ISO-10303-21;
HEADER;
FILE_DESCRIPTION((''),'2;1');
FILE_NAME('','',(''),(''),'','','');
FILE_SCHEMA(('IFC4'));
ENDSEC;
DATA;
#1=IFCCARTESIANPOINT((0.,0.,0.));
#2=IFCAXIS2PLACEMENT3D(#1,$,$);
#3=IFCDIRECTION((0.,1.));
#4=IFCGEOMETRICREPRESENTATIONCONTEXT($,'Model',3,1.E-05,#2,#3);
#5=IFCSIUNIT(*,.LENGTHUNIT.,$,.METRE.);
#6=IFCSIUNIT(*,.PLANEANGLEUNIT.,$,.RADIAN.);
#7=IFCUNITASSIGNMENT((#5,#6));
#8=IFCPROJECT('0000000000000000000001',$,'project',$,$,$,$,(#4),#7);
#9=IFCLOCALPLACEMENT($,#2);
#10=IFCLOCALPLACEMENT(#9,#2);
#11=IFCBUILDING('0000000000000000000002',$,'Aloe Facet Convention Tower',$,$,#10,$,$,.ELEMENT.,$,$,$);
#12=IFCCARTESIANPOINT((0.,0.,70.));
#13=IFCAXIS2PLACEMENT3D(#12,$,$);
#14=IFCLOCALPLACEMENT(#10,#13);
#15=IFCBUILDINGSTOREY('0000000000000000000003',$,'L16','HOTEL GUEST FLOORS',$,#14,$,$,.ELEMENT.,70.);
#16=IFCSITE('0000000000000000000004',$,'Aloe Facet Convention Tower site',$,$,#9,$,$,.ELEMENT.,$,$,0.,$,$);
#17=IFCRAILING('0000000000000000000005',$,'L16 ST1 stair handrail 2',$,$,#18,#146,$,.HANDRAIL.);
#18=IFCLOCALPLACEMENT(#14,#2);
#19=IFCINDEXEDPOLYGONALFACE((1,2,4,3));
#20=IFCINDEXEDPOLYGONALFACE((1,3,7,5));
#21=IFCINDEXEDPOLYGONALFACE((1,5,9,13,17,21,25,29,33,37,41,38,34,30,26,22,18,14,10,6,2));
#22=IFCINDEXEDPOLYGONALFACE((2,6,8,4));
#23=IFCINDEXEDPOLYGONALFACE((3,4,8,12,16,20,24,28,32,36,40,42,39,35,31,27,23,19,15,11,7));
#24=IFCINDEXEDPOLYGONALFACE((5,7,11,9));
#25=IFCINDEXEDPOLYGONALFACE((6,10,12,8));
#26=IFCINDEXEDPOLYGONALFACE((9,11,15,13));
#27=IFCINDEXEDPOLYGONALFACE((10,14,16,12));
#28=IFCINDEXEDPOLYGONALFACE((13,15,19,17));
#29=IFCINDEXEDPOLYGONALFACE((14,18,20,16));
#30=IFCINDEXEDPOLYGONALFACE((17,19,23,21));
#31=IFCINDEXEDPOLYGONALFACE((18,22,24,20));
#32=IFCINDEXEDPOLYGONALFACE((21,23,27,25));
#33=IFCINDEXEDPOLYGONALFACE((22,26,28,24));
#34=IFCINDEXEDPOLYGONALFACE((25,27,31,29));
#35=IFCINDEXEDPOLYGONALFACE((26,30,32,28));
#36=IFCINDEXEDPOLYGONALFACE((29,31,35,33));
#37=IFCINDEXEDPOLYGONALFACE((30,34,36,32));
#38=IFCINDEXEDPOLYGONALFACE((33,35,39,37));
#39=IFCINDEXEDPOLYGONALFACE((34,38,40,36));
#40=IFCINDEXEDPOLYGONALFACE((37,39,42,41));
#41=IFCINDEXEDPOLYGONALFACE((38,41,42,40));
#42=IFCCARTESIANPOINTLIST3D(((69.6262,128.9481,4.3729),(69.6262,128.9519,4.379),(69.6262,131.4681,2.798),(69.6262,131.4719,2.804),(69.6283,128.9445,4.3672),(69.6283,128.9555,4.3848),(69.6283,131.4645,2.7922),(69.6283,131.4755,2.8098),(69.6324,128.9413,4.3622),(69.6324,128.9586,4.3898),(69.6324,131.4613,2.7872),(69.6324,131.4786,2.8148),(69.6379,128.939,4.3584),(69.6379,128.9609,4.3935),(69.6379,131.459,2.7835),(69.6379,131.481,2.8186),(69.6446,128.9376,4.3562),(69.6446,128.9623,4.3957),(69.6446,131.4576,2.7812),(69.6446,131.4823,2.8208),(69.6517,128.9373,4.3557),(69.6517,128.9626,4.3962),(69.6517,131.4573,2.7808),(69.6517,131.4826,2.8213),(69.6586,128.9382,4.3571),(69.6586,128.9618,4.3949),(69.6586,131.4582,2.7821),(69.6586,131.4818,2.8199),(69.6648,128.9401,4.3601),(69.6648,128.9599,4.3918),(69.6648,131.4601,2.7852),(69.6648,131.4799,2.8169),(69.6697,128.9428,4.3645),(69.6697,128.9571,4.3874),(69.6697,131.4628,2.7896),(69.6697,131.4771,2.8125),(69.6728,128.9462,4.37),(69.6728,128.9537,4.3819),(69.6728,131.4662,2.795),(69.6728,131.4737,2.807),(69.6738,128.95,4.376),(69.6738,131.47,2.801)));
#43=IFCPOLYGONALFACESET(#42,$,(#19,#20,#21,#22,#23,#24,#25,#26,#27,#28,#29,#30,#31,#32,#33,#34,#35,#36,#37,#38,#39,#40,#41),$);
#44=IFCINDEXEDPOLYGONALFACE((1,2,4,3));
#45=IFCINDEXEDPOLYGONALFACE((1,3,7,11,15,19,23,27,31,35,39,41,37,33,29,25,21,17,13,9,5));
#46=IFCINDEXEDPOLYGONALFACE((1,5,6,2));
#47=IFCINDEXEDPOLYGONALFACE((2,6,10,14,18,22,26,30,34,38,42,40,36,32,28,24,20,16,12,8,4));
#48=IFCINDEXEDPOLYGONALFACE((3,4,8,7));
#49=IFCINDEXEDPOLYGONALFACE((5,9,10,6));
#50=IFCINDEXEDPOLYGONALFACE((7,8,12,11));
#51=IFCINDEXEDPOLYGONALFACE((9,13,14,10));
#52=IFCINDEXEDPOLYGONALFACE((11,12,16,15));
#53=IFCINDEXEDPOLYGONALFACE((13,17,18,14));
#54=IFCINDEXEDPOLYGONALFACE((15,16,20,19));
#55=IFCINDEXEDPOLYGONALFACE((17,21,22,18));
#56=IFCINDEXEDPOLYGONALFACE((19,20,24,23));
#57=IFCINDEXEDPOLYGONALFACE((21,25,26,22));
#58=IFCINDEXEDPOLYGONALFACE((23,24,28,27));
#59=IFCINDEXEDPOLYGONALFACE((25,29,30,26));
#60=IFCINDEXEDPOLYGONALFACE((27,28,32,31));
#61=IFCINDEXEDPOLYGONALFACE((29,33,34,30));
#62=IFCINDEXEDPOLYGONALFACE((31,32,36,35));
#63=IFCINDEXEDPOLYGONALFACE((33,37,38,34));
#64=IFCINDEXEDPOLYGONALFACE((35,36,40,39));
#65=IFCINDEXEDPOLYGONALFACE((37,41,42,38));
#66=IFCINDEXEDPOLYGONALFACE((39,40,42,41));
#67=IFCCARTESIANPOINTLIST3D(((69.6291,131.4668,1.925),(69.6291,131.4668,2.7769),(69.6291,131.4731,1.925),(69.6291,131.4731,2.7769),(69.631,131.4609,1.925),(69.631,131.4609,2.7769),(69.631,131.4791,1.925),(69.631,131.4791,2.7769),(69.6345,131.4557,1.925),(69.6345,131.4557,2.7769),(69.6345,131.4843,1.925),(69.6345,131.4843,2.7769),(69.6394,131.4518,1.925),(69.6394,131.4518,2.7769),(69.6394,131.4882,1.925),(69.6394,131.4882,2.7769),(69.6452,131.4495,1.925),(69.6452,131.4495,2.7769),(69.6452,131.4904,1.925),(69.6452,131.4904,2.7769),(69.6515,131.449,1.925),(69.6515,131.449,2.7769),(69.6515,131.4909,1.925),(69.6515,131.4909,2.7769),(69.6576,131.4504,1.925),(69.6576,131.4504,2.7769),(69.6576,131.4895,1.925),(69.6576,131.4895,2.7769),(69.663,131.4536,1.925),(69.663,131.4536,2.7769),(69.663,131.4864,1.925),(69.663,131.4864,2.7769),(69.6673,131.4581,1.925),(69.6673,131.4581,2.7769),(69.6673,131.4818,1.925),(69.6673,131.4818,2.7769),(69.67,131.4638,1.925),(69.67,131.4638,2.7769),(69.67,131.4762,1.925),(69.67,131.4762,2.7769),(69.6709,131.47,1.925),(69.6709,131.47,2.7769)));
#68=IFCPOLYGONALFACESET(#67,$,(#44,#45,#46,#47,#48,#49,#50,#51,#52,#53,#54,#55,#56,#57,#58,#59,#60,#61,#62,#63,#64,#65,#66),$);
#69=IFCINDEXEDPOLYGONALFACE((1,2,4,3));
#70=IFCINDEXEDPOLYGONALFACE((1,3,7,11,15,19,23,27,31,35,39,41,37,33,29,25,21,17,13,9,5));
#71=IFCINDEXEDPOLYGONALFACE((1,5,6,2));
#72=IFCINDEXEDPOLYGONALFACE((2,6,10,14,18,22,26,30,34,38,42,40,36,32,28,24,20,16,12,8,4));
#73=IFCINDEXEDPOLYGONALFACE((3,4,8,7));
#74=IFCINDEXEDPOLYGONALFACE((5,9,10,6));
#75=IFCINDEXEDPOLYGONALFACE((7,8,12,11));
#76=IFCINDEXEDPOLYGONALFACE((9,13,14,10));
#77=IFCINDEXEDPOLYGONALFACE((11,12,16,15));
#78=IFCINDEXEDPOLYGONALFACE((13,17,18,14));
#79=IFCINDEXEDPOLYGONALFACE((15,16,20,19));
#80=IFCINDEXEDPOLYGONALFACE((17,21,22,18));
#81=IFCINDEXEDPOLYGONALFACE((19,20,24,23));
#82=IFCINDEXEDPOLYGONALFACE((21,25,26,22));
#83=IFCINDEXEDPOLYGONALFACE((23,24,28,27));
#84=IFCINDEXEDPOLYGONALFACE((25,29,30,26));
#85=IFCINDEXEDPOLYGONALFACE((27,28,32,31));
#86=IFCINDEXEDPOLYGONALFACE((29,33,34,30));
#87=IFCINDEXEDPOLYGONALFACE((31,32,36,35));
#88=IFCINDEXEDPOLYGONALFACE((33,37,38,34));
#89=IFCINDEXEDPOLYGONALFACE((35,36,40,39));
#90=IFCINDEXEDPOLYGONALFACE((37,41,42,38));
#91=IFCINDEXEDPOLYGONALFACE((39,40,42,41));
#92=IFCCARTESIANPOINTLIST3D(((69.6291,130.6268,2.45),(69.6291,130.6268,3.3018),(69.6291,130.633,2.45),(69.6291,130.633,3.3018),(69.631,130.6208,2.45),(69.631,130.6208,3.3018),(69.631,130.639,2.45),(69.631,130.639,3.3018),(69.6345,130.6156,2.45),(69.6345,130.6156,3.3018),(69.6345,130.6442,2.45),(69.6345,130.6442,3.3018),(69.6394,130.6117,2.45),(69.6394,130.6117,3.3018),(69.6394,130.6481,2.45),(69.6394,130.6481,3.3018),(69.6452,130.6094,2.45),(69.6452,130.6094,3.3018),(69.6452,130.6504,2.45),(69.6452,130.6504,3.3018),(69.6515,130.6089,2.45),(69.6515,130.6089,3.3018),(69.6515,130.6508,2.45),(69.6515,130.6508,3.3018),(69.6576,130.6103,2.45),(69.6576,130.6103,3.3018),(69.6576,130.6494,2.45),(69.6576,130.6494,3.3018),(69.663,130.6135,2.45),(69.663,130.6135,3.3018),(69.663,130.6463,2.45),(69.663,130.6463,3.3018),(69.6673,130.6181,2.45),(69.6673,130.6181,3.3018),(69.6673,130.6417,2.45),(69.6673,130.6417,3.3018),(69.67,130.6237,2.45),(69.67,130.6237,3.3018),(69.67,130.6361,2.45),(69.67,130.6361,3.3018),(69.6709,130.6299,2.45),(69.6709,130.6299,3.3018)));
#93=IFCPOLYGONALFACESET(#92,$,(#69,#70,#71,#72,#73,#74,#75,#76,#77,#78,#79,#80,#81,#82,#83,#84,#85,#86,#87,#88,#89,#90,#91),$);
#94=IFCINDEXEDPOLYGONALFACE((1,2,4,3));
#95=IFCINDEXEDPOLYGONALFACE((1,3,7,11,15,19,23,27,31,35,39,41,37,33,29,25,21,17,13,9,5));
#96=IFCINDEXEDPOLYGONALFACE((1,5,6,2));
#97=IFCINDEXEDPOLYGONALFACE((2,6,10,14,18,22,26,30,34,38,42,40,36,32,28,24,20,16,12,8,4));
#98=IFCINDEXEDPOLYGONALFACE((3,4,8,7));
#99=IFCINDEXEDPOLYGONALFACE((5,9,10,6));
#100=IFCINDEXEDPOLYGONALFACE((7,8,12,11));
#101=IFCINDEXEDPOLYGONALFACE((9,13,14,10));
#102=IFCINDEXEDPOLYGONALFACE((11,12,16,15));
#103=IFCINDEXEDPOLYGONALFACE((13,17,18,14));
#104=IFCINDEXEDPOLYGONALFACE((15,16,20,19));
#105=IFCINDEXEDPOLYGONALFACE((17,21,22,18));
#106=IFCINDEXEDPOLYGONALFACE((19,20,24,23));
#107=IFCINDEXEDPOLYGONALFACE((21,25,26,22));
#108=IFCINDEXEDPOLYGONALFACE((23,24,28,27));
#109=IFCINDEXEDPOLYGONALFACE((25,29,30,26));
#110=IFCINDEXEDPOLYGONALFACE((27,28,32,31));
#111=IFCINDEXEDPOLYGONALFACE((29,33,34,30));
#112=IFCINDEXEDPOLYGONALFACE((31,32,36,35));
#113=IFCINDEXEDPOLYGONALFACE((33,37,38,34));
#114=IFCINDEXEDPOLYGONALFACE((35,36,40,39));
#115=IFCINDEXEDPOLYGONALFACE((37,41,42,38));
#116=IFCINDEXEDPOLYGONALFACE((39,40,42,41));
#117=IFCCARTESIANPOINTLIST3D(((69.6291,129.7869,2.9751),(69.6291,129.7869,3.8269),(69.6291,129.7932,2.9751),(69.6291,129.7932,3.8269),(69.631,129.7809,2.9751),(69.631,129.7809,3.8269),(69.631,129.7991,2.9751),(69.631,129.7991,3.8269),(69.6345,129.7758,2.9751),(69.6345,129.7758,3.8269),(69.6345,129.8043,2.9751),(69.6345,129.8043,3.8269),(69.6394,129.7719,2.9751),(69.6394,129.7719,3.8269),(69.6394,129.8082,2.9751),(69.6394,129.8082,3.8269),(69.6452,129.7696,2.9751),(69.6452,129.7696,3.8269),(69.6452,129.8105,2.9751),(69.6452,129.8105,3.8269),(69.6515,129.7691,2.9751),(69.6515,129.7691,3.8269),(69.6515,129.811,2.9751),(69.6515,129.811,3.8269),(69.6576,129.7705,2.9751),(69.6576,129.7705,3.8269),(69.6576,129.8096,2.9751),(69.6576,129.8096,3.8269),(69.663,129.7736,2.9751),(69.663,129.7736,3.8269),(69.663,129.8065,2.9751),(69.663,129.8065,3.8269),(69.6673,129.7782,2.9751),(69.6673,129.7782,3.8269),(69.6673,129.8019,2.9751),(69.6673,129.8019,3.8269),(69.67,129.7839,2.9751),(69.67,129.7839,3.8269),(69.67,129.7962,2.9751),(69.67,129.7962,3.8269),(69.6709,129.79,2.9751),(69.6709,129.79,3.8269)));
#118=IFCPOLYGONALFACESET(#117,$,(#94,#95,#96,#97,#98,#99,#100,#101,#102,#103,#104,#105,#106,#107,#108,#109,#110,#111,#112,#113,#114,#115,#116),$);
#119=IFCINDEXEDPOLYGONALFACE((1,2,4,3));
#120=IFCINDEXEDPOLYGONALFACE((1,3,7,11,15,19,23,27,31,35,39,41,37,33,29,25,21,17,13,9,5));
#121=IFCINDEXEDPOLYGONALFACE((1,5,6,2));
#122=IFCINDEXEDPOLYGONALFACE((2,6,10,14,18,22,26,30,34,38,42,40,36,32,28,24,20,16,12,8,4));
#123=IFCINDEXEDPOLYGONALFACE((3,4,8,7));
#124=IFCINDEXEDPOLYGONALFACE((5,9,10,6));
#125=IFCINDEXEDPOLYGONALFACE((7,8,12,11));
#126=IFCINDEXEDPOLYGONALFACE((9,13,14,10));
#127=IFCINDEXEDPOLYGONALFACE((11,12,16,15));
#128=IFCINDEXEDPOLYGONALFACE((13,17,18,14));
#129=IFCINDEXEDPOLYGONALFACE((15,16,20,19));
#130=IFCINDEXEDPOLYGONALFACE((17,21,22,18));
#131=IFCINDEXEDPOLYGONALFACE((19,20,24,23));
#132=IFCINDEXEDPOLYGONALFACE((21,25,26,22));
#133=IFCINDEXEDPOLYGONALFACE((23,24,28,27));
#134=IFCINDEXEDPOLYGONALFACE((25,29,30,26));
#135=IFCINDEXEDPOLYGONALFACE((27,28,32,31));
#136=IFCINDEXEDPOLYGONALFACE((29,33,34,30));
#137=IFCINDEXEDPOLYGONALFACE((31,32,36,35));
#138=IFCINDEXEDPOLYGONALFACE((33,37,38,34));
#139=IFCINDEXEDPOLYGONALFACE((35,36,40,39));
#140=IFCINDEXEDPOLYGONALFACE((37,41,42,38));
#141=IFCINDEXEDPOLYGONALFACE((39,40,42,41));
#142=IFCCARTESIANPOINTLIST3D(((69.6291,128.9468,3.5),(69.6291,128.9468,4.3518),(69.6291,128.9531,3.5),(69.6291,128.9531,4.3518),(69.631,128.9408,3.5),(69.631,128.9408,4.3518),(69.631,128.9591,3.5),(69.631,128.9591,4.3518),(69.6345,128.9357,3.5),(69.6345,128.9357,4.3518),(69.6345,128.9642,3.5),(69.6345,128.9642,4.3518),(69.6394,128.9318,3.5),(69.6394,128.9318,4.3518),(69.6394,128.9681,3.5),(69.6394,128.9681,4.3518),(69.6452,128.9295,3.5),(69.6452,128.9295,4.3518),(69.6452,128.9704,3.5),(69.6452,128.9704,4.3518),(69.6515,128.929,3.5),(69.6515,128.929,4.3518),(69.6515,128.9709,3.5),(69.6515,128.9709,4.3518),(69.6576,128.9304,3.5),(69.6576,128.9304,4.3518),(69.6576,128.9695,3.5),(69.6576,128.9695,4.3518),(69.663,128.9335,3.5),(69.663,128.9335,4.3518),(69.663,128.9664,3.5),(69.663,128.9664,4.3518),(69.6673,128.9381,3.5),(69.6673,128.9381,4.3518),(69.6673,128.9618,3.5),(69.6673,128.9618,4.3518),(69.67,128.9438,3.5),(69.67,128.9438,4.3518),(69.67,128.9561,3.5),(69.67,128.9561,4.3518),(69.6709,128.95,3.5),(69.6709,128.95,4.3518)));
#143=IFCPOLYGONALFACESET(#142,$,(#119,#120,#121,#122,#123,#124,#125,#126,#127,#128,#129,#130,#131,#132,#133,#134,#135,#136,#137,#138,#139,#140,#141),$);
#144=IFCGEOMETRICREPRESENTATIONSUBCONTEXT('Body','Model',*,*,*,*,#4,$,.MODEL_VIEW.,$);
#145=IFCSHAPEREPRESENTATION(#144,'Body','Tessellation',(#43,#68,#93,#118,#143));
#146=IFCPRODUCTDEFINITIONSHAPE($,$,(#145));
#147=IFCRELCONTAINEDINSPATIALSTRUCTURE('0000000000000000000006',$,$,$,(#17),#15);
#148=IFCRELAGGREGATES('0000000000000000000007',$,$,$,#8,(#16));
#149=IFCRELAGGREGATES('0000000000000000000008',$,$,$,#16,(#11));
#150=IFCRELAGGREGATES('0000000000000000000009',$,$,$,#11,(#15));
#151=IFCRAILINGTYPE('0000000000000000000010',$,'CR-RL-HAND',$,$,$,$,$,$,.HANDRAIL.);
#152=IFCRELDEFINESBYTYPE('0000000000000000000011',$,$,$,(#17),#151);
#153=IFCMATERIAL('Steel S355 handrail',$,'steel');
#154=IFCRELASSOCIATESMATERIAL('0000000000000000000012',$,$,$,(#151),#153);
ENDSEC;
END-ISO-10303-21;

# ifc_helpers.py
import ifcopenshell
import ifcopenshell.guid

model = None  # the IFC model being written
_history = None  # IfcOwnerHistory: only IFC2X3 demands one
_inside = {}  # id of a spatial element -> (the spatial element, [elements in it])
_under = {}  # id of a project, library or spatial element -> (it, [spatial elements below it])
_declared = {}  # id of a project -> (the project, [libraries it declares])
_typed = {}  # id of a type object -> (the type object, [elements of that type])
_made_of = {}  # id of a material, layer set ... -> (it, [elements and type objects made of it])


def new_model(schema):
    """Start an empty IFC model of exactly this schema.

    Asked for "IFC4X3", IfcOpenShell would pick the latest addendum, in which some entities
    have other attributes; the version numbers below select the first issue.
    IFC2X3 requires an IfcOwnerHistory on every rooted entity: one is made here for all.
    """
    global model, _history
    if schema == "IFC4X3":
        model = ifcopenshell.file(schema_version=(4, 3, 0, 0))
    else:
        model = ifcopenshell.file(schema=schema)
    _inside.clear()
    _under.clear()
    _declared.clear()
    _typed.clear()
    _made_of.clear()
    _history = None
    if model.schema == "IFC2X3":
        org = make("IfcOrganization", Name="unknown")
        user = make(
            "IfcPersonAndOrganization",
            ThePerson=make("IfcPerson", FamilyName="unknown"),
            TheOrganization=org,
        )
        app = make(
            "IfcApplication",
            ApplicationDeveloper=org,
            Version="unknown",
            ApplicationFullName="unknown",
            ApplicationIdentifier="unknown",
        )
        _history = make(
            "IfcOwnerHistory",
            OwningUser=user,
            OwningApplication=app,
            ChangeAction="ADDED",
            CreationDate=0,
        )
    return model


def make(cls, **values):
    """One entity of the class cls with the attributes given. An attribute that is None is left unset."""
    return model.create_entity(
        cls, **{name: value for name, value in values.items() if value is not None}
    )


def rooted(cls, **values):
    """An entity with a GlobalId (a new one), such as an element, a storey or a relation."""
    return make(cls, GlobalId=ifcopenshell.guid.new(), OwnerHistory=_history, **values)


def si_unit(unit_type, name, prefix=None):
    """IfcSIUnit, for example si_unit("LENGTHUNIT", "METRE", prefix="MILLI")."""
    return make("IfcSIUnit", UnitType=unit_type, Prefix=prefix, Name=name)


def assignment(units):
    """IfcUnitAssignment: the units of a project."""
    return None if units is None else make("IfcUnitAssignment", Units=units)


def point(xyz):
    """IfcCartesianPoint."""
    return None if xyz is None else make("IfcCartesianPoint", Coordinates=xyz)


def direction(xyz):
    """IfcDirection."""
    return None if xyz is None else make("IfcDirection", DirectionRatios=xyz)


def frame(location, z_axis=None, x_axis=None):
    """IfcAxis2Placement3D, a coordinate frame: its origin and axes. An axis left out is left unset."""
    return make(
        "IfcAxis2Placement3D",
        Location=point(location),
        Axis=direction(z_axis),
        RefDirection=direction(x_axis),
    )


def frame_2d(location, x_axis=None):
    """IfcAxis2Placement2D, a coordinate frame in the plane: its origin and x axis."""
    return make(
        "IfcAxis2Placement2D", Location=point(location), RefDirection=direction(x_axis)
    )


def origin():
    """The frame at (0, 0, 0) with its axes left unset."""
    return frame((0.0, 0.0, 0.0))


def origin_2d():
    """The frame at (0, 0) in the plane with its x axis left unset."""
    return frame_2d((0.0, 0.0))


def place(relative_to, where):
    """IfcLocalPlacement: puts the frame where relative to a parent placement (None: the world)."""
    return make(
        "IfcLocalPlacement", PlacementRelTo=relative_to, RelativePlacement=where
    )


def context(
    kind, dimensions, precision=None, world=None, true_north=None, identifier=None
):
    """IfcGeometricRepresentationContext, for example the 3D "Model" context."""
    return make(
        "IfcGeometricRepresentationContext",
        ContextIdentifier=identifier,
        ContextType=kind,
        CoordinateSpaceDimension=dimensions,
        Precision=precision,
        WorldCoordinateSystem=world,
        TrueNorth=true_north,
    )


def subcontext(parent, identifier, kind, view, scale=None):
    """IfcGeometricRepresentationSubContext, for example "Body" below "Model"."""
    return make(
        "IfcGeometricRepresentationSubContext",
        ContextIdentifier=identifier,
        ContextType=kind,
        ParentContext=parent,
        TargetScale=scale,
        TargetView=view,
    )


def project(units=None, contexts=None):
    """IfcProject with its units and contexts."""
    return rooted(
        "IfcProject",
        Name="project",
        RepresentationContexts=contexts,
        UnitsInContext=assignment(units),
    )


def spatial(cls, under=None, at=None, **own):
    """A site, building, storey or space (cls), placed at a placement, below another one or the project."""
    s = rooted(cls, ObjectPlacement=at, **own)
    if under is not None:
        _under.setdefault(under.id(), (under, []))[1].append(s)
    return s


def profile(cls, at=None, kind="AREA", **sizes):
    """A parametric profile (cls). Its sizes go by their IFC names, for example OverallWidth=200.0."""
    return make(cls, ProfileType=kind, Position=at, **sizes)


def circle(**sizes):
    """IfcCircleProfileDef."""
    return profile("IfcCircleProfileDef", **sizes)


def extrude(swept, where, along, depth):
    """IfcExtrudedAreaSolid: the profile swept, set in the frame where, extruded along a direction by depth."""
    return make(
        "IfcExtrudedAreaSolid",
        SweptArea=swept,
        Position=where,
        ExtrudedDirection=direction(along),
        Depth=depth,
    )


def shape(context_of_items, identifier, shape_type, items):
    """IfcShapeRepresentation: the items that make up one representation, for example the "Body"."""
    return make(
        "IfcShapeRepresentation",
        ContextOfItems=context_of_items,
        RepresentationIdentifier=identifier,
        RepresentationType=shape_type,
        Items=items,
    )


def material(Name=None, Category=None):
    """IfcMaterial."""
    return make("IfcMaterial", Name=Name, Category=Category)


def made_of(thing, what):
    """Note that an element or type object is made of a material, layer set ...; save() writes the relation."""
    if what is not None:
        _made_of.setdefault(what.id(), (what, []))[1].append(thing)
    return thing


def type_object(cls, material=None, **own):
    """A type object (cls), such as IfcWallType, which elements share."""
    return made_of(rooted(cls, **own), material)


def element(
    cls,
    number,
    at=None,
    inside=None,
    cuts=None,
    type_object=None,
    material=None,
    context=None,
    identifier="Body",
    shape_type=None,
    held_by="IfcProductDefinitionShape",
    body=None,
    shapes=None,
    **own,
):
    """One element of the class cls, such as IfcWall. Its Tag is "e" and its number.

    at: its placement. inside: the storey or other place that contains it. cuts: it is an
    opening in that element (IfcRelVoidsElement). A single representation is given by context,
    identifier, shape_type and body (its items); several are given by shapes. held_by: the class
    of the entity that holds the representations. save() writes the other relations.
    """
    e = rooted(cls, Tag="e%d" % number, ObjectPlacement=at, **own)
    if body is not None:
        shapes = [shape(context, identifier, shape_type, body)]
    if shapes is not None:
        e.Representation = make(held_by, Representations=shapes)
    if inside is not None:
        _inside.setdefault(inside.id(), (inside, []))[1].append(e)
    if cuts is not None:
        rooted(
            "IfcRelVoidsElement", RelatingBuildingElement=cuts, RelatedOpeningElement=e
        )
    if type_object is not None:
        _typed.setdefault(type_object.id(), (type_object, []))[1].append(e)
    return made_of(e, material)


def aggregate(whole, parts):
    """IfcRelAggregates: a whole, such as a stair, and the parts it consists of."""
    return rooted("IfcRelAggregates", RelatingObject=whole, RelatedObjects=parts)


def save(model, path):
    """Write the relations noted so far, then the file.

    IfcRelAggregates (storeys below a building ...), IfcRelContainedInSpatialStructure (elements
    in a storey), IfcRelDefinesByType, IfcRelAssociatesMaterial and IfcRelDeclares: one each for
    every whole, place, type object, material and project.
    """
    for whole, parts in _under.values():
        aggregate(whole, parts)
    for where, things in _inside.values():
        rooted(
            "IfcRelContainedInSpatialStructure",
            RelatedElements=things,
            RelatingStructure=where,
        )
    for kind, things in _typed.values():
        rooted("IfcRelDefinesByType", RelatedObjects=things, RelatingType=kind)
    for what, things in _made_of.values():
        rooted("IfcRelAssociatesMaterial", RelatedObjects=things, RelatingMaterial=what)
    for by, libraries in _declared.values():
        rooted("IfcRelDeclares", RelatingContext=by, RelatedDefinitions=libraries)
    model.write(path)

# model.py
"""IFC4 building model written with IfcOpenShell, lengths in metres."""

from ifc_helpers import new_model, si_unit, direction, frame, origin, origin_2d, place, context, subcontext, project, spatial, circle, extrude, material, type_object, element, save


model = new_model("IFC4")

# Units and contexts
model_context = context("Model", 3, precision=1e-05, world=origin(), true_north=direction((0.0, 1.0)))
body_context = subcontext(model_context, "Body", "Model", "MODEL_VIEW")
ifc_project = project(units=[si_unit("LENGTHUNIT", "METRE"), si_unit("PLANEANGLEUNIT", "RADIAN")], contexts=[model_context])

# Site, building, storey
site_placement = place(None, origin())
site = spatial("IfcSite", under=ifc_project, at=site_placement, Name="Aloe Facet Convention Tower site", CompositionType="ELEMENT", RefElevation=0.0)
building_placement = place(site_placement, origin())
building = spatial("IfcBuilding", under=site, at=building_placement, Name="Aloe Facet Convention Tower", CompositionType="ELEMENT")
storey_placement = place(building_placement, frame((0.0, 0.0, 70.0)))
storey = spatial("IfcBuildingStorey", under=building, at=storey_placement, Name="L16", Description="HOTEL GUEST FLOORS", CompositionType="ELEMENT", Elevation=70.0)

# Railing
ifc_material_1 = material(Name="Steel S355 handrail", Category="steel")
railing_type_1 = type_object("IfcRailingType", Name="CR-RL-HAND", PredefinedType="HANDRAIL", material=ifc_material_1)
railing_1_placement = place(storey_placement, frame((69.6499, 131.47, 1.925)))
element("IfcRailing", 1, at=railing_1_placement, inside=storey, type_object=railing_type_1, Name="L16 ST1 stair handrail 2", PredefinedType="HANDRAIL", context=body_context, shape_type="SweptSolid", body=[
    extrude(circle(Radius=0.0239, at=origin_2d()), frame((0.0, 0.0, 0.876), z_axis=(0.0, -0.848008, 0.529984), x_axis=(1.0, 0.0, 0.0)), (0.0, 0.0, 1.0), 2.9717),
    extrude(circle(Radius=0.021, at=origin_2d()), origin(), (0.0, 0.0, 1.0), 0.8518),
    extrude(circle(Radius=0.021, at=origin_2d()), frame((0.0, -0.8401, 0.5249)), (0.0, 0.0, 1.0), 0.8518),
    extrude(circle(Radius=0.021, at=origin_2d()), frame((0.0, -1.6799, 1.05)), (0.0, 0.0, 1.0), 0.8518),
    extrude(circle(Radius=0.021, at=origin_2d()), frame((0.0, -2.52, 1.575)), (0.0, 0.0, 1.0), 0.8518),
])

save(model, "model.ifc")
